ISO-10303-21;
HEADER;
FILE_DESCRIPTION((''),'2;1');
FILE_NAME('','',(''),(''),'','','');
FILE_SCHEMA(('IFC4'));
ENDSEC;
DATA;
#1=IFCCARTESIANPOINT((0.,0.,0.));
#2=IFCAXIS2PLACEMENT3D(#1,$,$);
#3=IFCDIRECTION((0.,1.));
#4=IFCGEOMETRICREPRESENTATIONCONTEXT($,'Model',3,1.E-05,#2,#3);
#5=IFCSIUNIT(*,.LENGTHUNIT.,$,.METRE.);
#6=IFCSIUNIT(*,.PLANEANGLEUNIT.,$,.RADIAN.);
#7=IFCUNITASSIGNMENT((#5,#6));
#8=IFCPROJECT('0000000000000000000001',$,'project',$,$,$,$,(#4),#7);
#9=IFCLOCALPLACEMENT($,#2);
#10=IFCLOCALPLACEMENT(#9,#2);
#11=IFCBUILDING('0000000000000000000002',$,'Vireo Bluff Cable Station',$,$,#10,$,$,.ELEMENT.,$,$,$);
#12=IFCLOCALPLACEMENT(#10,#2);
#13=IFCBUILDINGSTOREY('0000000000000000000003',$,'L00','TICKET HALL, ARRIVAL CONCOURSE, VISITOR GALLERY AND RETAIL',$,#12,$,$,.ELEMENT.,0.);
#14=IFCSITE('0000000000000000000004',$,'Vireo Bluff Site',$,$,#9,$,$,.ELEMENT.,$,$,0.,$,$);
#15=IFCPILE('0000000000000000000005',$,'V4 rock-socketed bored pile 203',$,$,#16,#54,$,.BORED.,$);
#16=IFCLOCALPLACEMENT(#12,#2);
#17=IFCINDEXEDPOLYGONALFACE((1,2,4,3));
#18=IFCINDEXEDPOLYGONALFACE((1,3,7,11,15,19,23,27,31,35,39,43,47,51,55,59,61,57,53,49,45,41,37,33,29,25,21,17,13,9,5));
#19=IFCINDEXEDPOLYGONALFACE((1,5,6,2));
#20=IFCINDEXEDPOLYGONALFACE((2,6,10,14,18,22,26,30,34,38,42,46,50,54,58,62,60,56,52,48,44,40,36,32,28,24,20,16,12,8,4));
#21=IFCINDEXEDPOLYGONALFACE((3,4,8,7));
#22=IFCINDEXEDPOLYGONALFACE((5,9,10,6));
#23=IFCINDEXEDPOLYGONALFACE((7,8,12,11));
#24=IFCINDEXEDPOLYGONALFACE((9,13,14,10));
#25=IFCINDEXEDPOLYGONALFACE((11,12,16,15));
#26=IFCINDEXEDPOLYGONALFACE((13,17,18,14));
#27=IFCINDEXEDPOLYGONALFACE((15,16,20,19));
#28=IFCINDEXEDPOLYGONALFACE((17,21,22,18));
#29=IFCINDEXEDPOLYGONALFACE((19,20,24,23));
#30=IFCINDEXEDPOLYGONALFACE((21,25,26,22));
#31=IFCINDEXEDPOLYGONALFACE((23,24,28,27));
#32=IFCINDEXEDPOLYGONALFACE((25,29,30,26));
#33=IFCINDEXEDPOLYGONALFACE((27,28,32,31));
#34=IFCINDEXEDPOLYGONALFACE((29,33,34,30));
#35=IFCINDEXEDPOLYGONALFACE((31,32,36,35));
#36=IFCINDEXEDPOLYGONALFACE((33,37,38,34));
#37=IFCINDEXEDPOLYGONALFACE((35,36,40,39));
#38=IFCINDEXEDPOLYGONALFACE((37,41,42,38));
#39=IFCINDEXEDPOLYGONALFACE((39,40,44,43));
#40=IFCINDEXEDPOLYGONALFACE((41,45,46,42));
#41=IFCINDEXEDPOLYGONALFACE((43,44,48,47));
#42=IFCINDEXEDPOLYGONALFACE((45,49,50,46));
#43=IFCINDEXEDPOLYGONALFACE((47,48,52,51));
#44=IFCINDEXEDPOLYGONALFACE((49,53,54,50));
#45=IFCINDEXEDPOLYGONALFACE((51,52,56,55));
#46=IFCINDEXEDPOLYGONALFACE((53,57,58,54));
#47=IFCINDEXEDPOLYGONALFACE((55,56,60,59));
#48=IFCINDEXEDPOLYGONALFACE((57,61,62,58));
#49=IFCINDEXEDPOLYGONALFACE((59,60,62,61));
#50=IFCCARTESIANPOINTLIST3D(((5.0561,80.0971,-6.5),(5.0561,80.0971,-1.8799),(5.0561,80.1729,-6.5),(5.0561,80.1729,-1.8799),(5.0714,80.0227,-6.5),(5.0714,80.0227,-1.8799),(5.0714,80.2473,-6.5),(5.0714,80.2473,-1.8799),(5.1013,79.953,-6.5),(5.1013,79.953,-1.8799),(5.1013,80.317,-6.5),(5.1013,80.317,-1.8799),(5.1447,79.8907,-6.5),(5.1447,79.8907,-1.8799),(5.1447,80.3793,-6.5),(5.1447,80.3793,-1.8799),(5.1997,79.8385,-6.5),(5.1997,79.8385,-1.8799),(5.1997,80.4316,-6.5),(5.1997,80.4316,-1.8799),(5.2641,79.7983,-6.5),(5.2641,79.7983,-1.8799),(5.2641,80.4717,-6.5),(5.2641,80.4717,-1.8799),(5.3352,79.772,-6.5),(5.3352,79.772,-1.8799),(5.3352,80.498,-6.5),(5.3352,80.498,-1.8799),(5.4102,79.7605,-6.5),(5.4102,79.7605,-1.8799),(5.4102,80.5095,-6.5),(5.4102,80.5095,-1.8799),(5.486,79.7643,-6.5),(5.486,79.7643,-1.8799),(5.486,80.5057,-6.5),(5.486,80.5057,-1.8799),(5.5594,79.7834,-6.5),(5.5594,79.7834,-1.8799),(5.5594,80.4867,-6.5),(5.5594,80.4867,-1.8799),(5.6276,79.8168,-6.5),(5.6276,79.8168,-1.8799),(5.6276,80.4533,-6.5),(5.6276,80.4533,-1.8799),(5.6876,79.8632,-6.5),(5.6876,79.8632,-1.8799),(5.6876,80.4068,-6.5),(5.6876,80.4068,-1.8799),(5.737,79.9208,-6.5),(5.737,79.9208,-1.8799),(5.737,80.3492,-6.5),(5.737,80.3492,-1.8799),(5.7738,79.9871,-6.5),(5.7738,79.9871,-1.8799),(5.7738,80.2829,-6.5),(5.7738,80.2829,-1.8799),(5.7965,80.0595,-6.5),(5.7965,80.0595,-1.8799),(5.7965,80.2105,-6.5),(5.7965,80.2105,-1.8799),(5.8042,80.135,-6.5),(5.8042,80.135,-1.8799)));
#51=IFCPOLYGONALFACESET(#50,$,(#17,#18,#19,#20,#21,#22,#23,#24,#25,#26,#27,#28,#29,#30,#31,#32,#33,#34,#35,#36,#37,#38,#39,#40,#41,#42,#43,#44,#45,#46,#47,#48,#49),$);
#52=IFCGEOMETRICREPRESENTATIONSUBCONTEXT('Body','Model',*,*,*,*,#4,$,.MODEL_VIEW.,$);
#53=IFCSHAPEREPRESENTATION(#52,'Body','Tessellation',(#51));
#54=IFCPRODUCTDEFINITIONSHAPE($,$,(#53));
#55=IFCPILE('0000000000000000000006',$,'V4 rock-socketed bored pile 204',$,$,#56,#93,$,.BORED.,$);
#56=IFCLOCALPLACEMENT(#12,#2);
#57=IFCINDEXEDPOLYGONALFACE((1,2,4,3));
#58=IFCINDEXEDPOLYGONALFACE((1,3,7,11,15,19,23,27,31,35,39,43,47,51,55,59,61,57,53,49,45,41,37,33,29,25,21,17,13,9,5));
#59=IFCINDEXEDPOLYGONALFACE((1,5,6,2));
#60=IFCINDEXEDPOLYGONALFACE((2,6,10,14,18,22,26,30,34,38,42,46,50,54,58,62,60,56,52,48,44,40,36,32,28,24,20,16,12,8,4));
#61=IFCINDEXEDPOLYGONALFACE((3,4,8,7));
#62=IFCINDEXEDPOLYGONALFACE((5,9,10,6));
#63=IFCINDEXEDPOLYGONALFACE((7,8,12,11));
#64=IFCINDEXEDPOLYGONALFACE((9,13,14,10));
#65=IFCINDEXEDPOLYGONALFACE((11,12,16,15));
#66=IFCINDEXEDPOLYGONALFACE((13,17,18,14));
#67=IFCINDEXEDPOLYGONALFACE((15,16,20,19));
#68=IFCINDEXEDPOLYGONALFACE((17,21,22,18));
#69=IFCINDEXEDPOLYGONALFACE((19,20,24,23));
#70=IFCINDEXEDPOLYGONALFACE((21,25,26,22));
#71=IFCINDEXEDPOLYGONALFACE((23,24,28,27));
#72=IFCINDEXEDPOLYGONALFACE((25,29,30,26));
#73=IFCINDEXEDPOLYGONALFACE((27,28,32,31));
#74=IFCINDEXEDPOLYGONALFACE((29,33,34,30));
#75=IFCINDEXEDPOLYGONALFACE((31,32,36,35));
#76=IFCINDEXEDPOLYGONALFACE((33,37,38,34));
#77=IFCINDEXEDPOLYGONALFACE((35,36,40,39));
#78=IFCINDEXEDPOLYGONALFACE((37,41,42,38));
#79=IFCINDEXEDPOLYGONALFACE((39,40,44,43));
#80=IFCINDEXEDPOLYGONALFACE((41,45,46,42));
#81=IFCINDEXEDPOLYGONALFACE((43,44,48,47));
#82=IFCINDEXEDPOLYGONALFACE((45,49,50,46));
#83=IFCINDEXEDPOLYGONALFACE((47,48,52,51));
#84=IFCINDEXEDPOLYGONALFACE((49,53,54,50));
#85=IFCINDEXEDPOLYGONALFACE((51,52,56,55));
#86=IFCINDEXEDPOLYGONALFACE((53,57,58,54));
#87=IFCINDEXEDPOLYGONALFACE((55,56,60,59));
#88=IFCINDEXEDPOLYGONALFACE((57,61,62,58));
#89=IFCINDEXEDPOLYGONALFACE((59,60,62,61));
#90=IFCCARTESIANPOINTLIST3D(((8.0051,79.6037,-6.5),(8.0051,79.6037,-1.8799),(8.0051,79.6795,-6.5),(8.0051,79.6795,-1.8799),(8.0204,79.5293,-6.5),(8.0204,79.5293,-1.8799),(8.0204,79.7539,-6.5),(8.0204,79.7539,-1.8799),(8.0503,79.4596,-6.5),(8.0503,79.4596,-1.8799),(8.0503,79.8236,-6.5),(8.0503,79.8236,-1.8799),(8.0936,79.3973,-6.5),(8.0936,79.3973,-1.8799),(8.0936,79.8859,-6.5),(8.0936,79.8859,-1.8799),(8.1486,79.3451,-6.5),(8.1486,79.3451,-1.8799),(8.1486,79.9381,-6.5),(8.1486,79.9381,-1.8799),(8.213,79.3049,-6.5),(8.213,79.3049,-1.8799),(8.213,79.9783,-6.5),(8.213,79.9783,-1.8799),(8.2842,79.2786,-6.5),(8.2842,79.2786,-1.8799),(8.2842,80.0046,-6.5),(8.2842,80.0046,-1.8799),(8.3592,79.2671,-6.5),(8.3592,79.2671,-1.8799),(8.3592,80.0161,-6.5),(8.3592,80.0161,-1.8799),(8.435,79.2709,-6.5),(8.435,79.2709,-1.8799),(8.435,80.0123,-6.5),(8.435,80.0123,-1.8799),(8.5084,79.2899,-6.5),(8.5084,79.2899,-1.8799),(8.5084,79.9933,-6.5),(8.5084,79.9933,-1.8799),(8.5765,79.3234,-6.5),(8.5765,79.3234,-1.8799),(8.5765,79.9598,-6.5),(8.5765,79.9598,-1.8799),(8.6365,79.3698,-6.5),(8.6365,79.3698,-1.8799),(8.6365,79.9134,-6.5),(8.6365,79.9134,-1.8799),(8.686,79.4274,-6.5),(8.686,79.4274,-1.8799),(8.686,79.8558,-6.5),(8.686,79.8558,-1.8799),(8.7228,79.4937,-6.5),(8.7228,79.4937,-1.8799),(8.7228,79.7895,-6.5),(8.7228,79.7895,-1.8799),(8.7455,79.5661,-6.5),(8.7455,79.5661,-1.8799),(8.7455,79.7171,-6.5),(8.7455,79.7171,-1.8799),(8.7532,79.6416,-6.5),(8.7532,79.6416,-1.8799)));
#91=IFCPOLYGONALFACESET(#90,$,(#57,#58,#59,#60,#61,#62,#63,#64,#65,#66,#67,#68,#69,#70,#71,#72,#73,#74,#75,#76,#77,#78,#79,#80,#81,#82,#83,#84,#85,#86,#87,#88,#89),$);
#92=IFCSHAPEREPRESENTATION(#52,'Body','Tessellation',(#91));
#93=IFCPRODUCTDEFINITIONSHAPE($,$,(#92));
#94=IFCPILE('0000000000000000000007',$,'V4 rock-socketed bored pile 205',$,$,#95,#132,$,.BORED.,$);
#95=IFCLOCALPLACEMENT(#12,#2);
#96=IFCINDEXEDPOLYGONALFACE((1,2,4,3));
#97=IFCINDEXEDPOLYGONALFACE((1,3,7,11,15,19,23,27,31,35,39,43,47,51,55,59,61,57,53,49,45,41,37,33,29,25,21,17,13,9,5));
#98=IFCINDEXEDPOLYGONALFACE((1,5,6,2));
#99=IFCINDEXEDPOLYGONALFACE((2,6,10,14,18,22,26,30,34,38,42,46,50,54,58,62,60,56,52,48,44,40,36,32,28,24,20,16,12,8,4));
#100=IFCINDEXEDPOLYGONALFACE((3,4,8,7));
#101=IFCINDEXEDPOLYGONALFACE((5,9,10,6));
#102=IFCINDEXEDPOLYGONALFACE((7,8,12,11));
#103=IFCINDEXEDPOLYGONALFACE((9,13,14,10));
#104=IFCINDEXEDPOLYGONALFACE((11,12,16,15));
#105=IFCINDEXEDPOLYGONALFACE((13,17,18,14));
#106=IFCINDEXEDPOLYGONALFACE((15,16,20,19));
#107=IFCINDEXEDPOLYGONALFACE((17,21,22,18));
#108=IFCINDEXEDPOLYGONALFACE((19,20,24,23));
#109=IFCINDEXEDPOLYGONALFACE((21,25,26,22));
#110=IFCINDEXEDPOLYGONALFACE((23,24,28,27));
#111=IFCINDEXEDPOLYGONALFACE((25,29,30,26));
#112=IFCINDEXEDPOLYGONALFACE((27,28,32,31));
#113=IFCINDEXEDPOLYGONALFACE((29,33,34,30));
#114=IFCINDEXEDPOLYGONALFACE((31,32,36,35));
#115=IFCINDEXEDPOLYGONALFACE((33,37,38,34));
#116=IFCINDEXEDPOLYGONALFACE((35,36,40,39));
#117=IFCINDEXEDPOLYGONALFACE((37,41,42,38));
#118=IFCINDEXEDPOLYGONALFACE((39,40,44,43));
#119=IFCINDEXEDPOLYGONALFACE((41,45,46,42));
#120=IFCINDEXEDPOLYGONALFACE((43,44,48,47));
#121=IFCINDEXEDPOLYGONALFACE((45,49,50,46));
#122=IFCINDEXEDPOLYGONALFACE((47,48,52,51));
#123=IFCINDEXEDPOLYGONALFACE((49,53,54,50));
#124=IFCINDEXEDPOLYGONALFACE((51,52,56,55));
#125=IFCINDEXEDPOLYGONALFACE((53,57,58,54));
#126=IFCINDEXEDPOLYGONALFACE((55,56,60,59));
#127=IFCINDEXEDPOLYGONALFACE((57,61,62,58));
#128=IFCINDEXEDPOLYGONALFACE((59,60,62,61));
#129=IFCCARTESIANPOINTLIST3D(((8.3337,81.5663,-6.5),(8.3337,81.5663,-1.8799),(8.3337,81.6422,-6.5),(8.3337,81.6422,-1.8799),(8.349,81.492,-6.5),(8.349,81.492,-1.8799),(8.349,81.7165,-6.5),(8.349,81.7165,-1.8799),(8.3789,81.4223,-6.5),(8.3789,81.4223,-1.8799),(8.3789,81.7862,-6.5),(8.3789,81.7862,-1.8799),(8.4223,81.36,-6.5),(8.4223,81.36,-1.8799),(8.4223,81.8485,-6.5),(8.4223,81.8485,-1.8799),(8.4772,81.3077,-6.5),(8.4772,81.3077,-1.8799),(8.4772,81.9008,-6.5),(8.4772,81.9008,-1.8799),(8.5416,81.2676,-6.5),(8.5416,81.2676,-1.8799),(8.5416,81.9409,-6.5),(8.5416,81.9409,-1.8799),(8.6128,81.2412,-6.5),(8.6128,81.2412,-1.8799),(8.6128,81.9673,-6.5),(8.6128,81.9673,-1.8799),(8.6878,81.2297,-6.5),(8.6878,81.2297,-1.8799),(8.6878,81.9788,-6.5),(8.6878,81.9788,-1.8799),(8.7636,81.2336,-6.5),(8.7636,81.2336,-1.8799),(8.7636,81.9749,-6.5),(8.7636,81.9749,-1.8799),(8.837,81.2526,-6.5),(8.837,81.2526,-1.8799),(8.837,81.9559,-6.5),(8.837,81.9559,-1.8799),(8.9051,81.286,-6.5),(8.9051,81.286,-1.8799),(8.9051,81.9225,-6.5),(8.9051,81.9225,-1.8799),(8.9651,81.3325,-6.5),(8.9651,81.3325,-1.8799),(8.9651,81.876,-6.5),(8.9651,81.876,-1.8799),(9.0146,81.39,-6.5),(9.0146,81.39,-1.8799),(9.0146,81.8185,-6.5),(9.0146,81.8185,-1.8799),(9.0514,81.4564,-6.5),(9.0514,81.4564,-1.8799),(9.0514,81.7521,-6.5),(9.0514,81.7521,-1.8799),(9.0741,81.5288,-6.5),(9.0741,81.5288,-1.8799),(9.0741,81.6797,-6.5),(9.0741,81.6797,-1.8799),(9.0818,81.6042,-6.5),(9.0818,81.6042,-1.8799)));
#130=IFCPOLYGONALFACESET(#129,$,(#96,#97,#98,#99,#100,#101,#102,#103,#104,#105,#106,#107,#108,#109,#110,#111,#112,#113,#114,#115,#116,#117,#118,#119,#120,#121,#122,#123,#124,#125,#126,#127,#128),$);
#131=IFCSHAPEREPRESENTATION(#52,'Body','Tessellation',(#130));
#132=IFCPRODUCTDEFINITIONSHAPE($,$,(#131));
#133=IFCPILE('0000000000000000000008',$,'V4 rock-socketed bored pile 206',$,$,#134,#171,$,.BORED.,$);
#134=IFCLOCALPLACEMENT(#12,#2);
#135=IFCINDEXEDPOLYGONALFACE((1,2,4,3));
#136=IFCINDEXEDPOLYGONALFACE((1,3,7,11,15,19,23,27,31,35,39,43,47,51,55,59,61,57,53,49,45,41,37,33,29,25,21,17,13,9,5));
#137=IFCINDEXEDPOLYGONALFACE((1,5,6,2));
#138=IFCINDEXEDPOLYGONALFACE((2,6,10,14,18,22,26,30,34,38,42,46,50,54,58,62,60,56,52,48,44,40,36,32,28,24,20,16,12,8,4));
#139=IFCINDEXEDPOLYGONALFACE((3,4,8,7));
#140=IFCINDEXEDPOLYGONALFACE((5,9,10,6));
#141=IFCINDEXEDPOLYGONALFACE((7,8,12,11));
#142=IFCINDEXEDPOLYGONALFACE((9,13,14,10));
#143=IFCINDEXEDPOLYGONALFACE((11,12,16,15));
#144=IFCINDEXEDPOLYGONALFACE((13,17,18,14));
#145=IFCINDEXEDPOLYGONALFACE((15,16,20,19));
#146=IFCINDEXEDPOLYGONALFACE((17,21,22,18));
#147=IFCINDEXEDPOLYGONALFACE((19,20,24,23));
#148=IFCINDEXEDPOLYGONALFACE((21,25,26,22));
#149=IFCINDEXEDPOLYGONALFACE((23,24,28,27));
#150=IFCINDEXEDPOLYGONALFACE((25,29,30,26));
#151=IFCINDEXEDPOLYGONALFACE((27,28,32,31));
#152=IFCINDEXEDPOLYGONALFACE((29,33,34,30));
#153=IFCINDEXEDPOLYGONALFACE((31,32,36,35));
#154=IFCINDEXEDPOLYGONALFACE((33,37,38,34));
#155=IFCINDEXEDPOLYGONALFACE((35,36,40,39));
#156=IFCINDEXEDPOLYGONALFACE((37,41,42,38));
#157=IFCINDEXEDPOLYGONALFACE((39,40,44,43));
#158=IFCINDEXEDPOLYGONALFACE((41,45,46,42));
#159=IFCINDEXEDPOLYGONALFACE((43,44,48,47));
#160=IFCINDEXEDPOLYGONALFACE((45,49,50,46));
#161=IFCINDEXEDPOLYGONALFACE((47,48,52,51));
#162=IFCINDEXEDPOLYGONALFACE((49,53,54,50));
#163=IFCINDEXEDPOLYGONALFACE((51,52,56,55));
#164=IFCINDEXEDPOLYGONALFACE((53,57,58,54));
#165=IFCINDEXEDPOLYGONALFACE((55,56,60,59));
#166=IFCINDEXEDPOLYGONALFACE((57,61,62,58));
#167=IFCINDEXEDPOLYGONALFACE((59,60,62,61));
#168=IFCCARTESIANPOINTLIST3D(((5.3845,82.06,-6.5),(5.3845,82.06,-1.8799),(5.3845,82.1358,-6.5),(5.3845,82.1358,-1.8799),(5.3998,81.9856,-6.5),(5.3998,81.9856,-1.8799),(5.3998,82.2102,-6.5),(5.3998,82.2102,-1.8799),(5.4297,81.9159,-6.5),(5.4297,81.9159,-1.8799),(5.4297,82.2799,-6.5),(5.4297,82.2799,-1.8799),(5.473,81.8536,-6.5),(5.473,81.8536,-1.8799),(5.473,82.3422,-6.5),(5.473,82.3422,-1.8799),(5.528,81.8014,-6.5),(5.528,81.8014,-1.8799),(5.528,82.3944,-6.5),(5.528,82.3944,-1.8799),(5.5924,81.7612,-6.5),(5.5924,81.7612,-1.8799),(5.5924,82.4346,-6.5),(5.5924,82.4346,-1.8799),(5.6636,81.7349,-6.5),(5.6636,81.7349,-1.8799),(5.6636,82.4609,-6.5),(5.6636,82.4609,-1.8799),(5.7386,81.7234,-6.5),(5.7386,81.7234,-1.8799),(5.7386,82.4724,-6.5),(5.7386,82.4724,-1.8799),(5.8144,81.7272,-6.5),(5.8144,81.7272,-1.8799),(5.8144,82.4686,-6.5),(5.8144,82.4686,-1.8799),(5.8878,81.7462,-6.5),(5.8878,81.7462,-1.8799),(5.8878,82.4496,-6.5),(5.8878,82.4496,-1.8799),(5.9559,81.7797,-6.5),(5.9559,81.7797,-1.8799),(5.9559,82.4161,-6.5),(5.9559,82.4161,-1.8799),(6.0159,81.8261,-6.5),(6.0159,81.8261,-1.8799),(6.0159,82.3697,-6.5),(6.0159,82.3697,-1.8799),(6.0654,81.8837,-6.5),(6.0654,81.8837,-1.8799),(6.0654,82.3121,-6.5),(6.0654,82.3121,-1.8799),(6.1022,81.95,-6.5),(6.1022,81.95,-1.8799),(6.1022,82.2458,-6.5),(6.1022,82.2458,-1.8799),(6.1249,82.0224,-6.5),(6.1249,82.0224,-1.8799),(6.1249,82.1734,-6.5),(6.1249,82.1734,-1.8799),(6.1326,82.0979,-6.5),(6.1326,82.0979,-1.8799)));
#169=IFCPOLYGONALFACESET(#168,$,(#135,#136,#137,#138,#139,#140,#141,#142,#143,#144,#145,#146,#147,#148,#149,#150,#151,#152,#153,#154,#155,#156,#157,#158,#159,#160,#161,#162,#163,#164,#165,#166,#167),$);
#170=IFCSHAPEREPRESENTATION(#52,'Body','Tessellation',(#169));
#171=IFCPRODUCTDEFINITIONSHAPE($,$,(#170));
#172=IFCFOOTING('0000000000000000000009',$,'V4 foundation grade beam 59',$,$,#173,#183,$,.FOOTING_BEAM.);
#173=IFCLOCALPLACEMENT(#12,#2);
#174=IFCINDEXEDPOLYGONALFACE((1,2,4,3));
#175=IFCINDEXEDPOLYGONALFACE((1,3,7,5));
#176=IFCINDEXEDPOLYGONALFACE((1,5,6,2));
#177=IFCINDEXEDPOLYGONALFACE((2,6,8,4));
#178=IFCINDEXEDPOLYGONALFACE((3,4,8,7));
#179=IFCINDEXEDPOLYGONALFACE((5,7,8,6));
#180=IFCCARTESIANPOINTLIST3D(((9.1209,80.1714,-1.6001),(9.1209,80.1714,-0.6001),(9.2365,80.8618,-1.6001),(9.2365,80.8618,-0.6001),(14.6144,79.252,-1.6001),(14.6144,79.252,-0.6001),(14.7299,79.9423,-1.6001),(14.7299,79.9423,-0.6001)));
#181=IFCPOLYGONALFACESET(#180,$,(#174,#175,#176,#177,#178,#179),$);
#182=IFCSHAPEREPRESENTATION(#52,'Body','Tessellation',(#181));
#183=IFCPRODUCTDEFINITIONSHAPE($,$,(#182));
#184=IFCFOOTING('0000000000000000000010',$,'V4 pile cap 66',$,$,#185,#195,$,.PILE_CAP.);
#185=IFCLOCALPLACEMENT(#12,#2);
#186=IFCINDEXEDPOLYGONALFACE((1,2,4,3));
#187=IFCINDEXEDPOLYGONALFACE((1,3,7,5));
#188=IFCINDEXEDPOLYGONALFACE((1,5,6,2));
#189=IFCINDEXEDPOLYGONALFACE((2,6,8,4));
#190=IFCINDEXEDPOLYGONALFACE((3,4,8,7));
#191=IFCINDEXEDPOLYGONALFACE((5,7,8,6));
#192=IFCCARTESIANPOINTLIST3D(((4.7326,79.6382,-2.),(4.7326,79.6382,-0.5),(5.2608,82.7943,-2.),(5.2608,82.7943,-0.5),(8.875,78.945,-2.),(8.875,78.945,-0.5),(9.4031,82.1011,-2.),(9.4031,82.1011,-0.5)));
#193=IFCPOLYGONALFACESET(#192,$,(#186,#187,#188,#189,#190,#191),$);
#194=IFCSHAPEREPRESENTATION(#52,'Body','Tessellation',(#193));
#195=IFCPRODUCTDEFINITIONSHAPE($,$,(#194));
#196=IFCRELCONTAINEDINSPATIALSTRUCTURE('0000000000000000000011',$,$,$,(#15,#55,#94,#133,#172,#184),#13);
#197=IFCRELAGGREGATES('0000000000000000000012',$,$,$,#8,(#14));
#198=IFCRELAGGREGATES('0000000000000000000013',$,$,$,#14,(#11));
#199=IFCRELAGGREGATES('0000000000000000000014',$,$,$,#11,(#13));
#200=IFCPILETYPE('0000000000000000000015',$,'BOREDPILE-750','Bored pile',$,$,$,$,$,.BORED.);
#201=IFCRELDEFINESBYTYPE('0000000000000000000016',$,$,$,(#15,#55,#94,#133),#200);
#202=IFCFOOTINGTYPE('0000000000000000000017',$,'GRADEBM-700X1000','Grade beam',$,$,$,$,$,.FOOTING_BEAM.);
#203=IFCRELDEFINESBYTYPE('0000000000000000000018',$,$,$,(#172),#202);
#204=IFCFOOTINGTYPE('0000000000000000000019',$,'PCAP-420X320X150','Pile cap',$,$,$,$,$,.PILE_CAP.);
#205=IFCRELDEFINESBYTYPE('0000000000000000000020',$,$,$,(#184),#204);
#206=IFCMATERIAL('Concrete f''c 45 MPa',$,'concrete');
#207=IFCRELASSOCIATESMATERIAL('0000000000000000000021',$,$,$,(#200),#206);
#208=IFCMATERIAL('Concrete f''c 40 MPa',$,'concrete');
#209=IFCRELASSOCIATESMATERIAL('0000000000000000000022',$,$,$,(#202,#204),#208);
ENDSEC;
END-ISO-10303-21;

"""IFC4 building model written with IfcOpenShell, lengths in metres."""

from ifc_helpers import new_model, si_unit, direction, frame, origin, origin_2d, place, context, subcontext, project, spatial, rectangle, circle, extrude, material, material_profile, profile_set, type_object, element, save


model = new_model("IFC4")

# Units and contexts
model_context = context("Model", 3, precision=1e-05, world=origin(), true_north=direction((0.0, 1.0)))
body_context = subcontext(model_context, "Body", "Model", "MODEL_VIEW")
ifc_project = project(units=[si_unit("LENGTHUNIT", "METRE"), si_unit("PLANEANGLEUNIT", "RADIAN")], contexts=[model_context])

# Site, building, storey
site_placement = place(None, origin())
site = spatial("IfcSite", under=ifc_project, at=site_placement, Name="Vireo Bluff Site", CompositionType="ELEMENT", RefElevation=0.0)
building_placement = place(site_placement, origin())
building = spatial("IfcBuilding", under=site, at=building_placement, Name="Vireo Bluff Cable Station", CompositionType="ELEMENT")
storey_placement = place(building_placement, origin())
storey = spatial("IfcBuildingStorey", under=building, at=storey_placement, Name="L00", Description="TICKET HALL, ARRIVAL CONCOURSE, VISITOR GALLERY AND RETAIL", CompositionType="ELEMENT", Elevation=0.0)

# Piles
ifc_material_1 = material(Name="Concrete f'c 45 MPa", Category="concrete")
ifc_material_profile_1 = material_profile(ifc_material_1, circle(Radius=0.375, at=origin_2d()), Name="BOREDPILE-750")
ifc_profile_set_1 = profile_set([ifc_material_profile_1], Name="Concrete f'c 45 MPa")
pile_type = type_object("IfcPileType", Name="BOREDPILE-750", Description="Bored pile", PredefinedType="BORED", material=ifc_profile_set_1)
for number, where, z_axis, x_axis, name in (
    (1, (5.4292, 80.135, -1.8799), (0.0, 0.0, -1.0), (1.0, 0.0, 0.0), "V4 rock-socketed bored pile 203"),
    (2, (8.3782, 79.6416, -1.8799), (0.0, 0.0, -1.0), (1.0, 0.0, 0.0), "V4 rock-socketed bored pile 204"),
    (3, (8.7068, 81.6042, -1.8799), (0.0, 0.0, -1.0), (1.0, 0.0, 0.0), "V4 rock-socketed bored pile 205"),
    (4, (5.7576, 82.0979, -1.8799), (0.0, 0.0, -1.0), (1.0, 0.0, 0.0), "V4 rock-socketed bored pile 206"),
):
    element("IfcPile", number, at=place(storey_placement, frame(where, z_axis=z_axis, x_axis=x_axis)), inside=storey, type_object=pile_type, Name=name, PredefinedType="BORED", context=body_context, shape_type="SweptSolid", body=[
        extrude(circle(Radius=0.375, at=origin_2d()), origin(), (0.0, 0.0, 1.0), 4.6201),
    ])

# Footings
ifc_material_2 = material(Name="Concrete f'c 40 MPa", Category="concrete")
ifc_material_profile_2 = material_profile(ifc_material_2, rectangle(XDim=0.7, YDim=1.0, at=origin_2d()), Name="GRADEBM-700X1000")
ifc_profile_set_2 = profile_set([ifc_material_profile_2], Name="Concrete f'c 40 MPa")
footing_type_1 = type_object("IfcFootingType", Name="GRADEBM-700X1000", Description="Grade beam", PredefinedType="FOOTING_BEAM", material=ifc_profile_set_2)
footing_1_placement = place(storey_placement, frame((9.1787, 80.5166, -1.1001), z_axis=(0.986281, -0.165074, 0.0), x_axis=(0.165074, 0.986281, 0.0)))
element("IfcFooting", 5, at=footing_1_placement, inside=storey, type_object=footing_type_1, Name="V4 foundation grade beam 59", PredefinedType="FOOTING_BEAM", context=body_context, shape_type="SweptSolid", body=[
    extrude(rectangle(XDim=0.7, YDim=1.0, at=origin_2d()), origin(), (0.0, 0.0, 1.0), 5.5698),
])
footing_type_2 = type_object("IfcFootingType", Name="PCAP-420X320X150", Description="Pile cap", PredefinedType="PILE_CAP", material=ifc_material_2)
footing_2_placement = place(storey_placement, frame((7.0679, 80.8696, -2.0), z_axis=(0.0, 0.0, 1.0), x_axis=(0.986286, -0.165048, 0.0)))
element("IfcFooting", 6, at=footing_2_placement, inside=storey, type_object=footing_type_2, Name="V4 pile cap 66", PredefinedType="PILE_CAP", context=body_context, shape_type="SweptSolid", body=[
    extrude(rectangle(XDim=4.2, YDim=3.2, at=origin_2d()), origin(), (0.0, 0.0, 1.0), 1.5),
])

save(model, "model.ifc")
